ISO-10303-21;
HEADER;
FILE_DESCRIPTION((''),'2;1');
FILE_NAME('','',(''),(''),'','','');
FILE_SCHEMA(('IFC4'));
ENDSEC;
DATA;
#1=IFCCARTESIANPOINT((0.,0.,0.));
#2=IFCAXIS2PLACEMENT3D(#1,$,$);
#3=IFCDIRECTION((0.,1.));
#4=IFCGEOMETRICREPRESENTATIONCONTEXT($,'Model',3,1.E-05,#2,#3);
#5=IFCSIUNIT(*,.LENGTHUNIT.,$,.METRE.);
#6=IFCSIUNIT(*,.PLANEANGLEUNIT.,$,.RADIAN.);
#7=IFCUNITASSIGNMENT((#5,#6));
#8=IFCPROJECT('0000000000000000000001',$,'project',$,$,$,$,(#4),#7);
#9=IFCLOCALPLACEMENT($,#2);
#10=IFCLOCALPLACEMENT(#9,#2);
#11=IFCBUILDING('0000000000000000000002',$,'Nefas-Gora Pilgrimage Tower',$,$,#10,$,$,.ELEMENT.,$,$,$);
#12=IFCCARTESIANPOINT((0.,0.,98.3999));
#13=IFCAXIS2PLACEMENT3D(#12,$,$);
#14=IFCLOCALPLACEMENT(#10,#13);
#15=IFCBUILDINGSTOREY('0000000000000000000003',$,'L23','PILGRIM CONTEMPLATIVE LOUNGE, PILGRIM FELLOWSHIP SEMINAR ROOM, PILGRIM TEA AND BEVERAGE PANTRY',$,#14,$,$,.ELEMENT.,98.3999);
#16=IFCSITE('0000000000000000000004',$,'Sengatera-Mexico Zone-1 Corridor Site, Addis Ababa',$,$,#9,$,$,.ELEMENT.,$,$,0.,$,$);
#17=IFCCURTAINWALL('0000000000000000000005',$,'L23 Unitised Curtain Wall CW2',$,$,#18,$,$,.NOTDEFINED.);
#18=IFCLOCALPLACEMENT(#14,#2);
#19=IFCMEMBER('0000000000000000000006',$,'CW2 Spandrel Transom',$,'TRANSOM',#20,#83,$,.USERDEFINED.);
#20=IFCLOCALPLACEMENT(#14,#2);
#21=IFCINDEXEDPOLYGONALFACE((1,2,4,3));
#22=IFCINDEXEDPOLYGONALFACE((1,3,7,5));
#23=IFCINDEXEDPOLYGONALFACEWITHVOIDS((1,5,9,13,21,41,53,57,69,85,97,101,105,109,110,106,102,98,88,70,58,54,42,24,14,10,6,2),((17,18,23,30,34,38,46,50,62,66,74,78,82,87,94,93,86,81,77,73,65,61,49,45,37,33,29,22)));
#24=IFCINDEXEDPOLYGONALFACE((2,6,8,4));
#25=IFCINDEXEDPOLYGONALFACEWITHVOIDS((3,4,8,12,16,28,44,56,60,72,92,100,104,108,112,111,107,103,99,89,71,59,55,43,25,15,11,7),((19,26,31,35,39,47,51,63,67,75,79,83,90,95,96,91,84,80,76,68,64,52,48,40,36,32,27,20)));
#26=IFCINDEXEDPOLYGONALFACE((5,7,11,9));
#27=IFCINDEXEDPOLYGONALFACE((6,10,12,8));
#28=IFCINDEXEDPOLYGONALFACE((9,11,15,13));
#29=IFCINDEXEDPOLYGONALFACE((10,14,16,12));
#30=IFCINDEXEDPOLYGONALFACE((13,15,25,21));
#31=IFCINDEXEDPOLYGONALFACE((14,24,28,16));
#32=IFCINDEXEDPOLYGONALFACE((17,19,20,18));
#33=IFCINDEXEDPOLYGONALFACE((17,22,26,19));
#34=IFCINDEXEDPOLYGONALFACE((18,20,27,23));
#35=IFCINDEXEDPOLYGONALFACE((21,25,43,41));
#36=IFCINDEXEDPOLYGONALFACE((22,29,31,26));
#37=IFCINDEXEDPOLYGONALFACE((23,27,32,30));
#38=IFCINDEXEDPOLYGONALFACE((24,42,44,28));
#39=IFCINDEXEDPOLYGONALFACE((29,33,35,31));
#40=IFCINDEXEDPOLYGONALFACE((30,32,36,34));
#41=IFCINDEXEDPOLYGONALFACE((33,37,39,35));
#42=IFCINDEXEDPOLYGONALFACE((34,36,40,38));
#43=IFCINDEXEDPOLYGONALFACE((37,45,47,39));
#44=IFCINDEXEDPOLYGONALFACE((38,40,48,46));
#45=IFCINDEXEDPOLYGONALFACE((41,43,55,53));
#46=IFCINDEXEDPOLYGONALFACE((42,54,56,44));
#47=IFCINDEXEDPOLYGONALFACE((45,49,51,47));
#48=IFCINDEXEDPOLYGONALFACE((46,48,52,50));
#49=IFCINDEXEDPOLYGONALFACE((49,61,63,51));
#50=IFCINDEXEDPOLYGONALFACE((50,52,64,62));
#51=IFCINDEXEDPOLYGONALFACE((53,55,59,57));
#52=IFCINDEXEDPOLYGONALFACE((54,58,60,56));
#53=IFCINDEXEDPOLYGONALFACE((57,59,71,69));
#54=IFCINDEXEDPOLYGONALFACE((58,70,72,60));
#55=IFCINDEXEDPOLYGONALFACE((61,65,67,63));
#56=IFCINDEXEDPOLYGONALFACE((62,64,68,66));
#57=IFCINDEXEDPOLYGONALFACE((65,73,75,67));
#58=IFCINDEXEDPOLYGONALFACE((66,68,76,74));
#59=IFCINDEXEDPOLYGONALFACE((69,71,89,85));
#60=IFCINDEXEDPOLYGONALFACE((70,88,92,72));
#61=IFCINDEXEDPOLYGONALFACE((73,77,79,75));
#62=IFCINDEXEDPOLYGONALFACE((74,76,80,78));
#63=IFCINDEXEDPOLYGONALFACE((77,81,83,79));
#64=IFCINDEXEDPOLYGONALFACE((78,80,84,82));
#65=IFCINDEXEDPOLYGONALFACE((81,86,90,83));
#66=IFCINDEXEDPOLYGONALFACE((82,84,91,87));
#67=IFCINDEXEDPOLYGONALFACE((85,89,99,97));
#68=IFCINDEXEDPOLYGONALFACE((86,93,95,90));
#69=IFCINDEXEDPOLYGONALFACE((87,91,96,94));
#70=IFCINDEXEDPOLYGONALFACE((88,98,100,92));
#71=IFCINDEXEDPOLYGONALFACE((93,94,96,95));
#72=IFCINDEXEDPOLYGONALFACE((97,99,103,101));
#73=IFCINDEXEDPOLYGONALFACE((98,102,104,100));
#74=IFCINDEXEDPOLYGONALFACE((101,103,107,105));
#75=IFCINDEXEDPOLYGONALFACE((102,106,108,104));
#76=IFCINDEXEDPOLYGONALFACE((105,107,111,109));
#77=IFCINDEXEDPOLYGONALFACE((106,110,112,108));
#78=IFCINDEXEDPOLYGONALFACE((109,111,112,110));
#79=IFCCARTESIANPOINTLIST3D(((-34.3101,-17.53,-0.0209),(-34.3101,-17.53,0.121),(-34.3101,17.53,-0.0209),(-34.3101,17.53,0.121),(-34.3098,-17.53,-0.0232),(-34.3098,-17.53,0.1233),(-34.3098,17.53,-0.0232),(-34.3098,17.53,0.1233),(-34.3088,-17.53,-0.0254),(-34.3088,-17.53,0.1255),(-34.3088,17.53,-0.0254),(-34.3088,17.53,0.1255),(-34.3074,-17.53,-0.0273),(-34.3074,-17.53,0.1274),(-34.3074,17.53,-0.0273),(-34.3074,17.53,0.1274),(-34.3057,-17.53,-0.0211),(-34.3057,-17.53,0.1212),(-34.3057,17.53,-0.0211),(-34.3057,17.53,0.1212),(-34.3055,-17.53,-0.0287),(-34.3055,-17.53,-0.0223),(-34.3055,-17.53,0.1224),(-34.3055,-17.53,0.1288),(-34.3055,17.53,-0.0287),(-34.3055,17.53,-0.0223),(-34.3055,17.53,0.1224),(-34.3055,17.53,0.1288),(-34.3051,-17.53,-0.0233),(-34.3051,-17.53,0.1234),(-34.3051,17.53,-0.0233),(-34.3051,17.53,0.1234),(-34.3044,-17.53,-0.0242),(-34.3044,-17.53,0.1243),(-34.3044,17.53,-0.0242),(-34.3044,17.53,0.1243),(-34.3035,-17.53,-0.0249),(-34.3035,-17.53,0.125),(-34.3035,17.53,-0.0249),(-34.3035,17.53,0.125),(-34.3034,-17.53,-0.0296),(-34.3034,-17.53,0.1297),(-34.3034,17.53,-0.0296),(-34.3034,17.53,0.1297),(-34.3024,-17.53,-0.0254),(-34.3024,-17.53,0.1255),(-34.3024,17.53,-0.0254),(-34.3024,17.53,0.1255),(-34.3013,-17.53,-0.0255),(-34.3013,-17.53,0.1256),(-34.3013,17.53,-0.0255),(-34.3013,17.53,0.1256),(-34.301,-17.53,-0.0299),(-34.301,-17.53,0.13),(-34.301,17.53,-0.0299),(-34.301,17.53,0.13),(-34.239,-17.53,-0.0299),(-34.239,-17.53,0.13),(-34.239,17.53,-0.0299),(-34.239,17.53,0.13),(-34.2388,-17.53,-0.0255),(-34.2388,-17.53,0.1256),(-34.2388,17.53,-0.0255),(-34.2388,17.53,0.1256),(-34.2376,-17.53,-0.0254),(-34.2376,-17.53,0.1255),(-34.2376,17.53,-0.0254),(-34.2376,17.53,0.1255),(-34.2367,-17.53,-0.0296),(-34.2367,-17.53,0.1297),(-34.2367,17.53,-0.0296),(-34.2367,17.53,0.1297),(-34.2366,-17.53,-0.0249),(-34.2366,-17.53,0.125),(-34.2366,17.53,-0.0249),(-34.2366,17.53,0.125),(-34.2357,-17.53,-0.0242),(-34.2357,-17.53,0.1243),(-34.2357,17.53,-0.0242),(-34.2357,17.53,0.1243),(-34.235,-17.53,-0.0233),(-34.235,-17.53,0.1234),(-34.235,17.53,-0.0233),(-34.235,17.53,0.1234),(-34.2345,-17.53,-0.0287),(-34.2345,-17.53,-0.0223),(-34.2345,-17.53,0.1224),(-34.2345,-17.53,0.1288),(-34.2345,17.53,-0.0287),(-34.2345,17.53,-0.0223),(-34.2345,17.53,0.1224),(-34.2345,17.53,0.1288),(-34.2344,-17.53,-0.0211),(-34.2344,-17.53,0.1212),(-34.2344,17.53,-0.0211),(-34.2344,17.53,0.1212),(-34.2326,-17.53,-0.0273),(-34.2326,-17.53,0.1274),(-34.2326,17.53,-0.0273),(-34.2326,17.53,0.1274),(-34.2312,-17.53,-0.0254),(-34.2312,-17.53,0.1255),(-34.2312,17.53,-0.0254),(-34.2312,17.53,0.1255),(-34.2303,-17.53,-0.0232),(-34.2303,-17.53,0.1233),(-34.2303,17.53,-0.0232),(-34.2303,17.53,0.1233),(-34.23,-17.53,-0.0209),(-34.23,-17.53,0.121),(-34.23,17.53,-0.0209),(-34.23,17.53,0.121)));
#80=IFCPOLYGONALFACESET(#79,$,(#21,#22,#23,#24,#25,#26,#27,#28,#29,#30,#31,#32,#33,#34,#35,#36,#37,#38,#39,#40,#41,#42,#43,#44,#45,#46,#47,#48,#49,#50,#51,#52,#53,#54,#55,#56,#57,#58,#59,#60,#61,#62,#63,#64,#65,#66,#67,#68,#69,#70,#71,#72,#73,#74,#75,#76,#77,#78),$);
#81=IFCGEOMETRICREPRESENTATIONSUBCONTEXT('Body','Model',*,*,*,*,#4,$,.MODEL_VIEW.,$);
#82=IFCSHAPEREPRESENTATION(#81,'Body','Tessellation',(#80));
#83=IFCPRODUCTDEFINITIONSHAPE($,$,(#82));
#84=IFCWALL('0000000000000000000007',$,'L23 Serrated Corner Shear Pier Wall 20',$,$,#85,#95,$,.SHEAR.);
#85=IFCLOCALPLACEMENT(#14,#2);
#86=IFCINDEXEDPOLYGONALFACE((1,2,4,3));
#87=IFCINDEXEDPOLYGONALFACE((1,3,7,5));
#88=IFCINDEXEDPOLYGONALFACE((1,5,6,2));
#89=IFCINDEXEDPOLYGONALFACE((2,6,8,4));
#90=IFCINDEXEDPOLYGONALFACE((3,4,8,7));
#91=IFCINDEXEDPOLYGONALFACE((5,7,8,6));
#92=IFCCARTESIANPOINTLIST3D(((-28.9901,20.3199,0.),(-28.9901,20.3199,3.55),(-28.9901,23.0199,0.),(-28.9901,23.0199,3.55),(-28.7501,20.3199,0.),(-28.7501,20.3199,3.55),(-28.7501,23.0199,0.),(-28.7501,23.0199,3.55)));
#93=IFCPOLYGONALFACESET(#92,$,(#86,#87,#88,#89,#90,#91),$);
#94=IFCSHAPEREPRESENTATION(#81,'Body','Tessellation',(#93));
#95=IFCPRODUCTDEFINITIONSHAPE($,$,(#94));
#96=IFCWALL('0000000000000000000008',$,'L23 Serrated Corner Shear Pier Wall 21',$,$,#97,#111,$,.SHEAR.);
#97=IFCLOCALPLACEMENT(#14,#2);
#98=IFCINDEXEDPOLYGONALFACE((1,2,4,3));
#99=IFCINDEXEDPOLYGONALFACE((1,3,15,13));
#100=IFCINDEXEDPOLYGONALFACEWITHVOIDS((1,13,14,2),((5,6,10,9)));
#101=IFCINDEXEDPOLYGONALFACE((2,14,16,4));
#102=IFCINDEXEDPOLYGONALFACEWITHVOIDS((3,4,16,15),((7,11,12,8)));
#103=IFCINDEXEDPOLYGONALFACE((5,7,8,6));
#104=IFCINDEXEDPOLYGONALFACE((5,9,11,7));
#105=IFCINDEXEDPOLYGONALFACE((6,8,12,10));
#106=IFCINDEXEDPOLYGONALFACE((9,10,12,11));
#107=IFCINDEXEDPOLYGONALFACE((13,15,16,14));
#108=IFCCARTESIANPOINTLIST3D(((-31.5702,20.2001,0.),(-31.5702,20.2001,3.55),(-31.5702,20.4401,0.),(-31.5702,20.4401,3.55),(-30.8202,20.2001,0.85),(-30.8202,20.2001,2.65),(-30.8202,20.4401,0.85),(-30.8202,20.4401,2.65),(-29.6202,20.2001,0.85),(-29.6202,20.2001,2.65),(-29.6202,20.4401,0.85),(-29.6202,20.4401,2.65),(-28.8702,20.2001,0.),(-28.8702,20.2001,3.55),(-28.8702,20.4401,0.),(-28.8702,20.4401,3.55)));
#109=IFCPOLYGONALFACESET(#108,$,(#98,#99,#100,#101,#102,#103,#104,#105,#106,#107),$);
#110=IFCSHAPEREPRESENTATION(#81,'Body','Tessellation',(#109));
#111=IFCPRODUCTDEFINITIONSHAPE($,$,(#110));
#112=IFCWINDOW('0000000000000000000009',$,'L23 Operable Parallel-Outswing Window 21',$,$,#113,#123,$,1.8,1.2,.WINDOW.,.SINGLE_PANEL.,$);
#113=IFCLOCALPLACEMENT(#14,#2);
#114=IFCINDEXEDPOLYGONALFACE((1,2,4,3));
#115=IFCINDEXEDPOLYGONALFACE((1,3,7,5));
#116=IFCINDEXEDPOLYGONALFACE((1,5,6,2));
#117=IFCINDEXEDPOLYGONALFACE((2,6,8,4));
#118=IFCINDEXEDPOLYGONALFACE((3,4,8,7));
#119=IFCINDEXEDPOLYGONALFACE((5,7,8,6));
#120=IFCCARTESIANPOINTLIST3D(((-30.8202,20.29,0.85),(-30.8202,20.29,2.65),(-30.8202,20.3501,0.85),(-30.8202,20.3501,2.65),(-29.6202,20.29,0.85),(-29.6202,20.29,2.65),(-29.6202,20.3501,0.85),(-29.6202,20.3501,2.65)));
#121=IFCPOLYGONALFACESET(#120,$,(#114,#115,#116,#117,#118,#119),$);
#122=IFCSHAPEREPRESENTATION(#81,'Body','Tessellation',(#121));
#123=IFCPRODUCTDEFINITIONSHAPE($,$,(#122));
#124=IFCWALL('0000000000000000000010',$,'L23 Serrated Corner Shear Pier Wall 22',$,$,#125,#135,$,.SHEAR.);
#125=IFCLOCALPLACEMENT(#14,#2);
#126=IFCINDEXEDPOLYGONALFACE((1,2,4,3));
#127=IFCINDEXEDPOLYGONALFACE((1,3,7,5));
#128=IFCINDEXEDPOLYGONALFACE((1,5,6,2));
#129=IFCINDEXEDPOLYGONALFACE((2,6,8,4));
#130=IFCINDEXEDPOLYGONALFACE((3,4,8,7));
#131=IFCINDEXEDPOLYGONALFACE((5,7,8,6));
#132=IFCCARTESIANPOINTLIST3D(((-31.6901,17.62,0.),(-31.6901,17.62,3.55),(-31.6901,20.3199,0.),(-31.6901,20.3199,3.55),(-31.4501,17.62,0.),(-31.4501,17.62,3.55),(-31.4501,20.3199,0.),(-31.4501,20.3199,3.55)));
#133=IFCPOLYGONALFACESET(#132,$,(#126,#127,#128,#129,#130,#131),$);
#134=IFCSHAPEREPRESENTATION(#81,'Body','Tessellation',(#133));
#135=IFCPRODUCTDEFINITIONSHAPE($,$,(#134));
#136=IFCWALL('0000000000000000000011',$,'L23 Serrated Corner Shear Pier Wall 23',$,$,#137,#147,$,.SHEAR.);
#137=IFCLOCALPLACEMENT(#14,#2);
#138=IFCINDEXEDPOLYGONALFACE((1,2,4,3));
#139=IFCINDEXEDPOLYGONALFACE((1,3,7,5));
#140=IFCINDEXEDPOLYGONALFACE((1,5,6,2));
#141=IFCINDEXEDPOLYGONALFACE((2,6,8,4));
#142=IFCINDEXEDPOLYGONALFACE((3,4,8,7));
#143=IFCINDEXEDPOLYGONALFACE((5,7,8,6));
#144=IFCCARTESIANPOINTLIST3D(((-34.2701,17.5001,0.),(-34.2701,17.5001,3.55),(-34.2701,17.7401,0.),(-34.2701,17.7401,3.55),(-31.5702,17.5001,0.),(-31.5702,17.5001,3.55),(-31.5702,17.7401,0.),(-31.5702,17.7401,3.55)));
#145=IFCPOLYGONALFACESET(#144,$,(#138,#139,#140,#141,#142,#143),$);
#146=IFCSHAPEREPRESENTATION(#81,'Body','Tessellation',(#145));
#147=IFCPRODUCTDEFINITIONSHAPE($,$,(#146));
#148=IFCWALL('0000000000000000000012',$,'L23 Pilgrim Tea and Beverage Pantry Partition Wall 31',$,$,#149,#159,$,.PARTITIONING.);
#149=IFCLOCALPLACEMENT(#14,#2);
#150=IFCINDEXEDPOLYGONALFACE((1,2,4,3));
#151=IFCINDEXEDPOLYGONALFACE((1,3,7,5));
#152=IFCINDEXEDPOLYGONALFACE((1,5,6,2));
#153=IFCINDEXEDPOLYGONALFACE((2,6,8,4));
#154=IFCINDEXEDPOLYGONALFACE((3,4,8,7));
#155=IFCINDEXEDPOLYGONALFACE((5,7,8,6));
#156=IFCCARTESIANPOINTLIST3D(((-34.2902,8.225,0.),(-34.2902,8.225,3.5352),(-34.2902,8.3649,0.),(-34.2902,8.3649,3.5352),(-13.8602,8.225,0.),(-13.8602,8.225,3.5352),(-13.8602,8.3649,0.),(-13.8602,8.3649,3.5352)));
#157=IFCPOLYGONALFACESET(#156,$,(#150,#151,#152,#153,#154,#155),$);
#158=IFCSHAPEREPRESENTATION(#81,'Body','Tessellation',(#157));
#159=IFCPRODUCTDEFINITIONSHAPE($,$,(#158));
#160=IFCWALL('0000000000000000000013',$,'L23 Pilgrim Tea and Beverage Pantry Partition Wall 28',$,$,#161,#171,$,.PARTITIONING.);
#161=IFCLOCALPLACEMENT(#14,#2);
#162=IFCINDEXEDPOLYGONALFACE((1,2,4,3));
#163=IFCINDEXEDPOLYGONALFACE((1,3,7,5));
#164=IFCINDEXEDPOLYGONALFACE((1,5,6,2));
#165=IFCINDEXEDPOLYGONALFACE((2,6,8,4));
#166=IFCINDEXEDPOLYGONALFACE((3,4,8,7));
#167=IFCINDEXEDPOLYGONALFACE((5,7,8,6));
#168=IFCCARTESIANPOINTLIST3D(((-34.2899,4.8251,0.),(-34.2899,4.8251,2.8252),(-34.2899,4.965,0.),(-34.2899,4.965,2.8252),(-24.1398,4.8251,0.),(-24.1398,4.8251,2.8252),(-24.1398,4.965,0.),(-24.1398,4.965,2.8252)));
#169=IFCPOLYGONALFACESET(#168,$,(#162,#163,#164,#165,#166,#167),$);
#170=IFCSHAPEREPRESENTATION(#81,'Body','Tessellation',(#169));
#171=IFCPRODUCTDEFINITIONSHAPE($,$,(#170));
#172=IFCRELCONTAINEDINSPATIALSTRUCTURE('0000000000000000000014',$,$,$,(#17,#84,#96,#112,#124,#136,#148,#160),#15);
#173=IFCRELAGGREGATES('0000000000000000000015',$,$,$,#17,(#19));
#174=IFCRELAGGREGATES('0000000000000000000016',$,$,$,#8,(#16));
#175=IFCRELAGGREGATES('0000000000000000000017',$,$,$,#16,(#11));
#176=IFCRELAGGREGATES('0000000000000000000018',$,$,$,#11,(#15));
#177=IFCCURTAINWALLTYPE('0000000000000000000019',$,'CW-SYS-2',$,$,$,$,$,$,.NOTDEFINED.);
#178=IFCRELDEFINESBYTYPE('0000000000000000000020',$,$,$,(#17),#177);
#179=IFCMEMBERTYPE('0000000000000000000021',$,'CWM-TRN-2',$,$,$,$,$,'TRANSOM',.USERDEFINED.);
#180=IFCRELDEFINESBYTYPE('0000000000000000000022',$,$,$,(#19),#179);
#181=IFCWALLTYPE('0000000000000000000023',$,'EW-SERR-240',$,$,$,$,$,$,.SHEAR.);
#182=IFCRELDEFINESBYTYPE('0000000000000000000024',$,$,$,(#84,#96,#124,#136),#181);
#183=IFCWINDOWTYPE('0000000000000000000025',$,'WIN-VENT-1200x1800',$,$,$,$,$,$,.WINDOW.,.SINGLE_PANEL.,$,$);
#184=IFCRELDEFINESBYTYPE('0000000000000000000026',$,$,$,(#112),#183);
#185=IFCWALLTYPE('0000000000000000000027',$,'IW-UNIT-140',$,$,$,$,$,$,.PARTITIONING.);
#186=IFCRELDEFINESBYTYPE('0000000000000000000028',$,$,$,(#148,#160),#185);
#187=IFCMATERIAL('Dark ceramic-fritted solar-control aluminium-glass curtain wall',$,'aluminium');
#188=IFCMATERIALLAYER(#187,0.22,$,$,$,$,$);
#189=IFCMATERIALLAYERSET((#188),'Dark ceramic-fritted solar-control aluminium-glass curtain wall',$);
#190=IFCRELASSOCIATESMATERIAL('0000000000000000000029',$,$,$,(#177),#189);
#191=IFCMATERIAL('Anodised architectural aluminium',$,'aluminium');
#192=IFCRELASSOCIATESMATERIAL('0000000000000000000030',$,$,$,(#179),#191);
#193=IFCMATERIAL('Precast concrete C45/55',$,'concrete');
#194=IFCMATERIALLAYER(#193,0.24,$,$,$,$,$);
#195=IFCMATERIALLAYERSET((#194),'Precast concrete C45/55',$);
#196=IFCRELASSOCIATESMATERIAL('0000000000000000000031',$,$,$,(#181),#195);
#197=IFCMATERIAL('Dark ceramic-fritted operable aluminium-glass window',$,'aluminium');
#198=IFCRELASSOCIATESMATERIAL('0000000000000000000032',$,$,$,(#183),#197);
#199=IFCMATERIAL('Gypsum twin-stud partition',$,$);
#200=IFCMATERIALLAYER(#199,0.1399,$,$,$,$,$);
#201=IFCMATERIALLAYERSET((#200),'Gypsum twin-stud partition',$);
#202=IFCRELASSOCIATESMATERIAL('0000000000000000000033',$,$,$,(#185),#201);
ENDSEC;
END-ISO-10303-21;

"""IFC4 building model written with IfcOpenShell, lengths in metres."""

from ifc_helpers import new_model, si_unit, direction, frame, frame_2d, origin, origin_2d, place, context, subcontext, project, spatial, rectangle, hollow_rectangle, extrude, source, transform, mapped, material, layer, layer_set, material_profile, profile_set, type_object, element, fill, aggregate, save


model = new_model("IFC4")

# Units and contexts
model_context = context("Model", 3, precision=1e-05, world=origin(), true_north=direction((0.0, 1.0)))
body_context = subcontext(model_context, "Body", "Model", "MODEL_VIEW")
ifc_project = project(units=[si_unit("LENGTHUNIT", "METRE"), si_unit("PLANEANGLEUNIT", "RADIAN")], contexts=[model_context])

# Site, building, storey
site_placement = place(None, origin())
site = spatial("IfcSite", under=ifc_project, at=site_placement, Name="Sengatera-Mexico Zone-1 Corridor Site, Addis Ababa", CompositionType="ELEMENT", RefElevation=0.0)
building_placement = place(site_placement, origin())
building = spatial("IfcBuilding", under=site, at=building_placement, Name="Nefas-Gora Pilgrimage Tower", CompositionType="ELEMENT")
storey_placement = place(building_placement, frame((0.0, 0.0, 98.3999)))
storey = spatial("IfcBuildingStorey", under=building, at=storey_placement, Name="L23", Description="PILGRIM CONTEMPLATIVE LOUNGE, PILGRIM FELLOWSHIP SEMINAR ROOM, PILGRIM TEA AND BEVERAGE PANTRY", CompositionType="ELEMENT", Elevation=98.3999)

# Shared definitions
ifc_material_1 = material(Name="Dark ceramic-fritted solar-control aluminium-glass curtain wall", Category="aluminium")
ifc_layer_1 = layer(ifc_material_1, 0.22)
ifc_layer_set_1 = layer_set([ifc_layer_1], Name="Dark ceramic-fritted solar-control aluminium-glass curtain wall")
curtain_wall_type = type_object("IfcCurtainWallType", Name="CW-SYS-2", PredefinedType="NOTDEFINED", material=ifc_layer_set_1)
ifc_material_2 = material(Name="Anodised architectural aluminium", Category="aluminium")

# Curtain wall, member
curtain_wall_1_placement = place(storey_placement, origin())
curtain_wall_1 = element("IfcCurtainWall", 1, at=curtain_wall_1_placement, inside=storey, type_object=curtain_wall_type, Name="L23 Unitised Curtain Wall CW2", PredefinedType="NOTDEFINED")
ifc_material_profile_1 = material_profile(ifc_material_2, hollow_rectangle(XDim=0.0801, YDim=0.1599, WallThickness=0.0044, InnerFilletRadius=0.0044, OuterFilletRadius=0.009, at=origin_2d()), Name="ALU TRANSOM 80x160")
ifc_profile_set_1 = profile_set([ifc_material_profile_1], Name="Anodised architectural aluminium")
member_type_1 = type_object("IfcMemberType", Name="CWM-TRN-2", ElementType="TRANSOM", PredefinedType="USERDEFINED", material=ifc_profile_set_1)
shared_shape_1 = source(origin(), body_context, "Body", "SweptSolid", [
    extrude(hollow_rectangle(XDim=0.0801, YDim=0.1599, WallThickness=0.0044, InnerFilletRadius=0.0044, OuterFilletRadius=0.009, at=origin_2d()), origin(), (0.0, 0.0, 1.0), 35.0601),
])
member_1_placement = place(storey_placement, frame((-34.27, 17.53, 0.05), z_axis=(0.0, -1.0, 0.0), x_axis=(1.0, 0.0, 0.0)))
member_1 = element("IfcMember", 2, at=member_1_placement, type_object=member_type_1, Name="CW2 Spandrel Transom", ObjectType="TRANSOM", PredefinedType="USERDEFINED", context=body_context, shape_type="MappedRepresentation", body=[
    mapped(shared_shape_1, transform((0.0, 0.0, 0.0), x_axis=(1.0, 0.0, 0.0), y_axis=(0.0, 1.0, 0.0), z_axis=(0.0, 0.0, 1.0), scale=1.0)),
])
aggregate(curtain_wall_1, [member_1])

# Wall
ifc_material_3 = material(Name="Precast concrete C45/55", Category="concrete")
ifc_layer_2 = layer(ifc_material_3, 0.24)
ifc_layer_set_2 = layer_set([ifc_layer_2], Name="Precast concrete C45/55")
wall_type_1 = type_object("IfcWallType", Name="EW-SERR-240", PredefinedType="SHEAR", material=ifc_layer_set_2)
shared_shape_2 = source(origin(), body_context, "Body", "SweptSolid", [
    extrude(rectangle(XDim=2.7, YDim=0.24, at=frame_2d((1.3501, 0.0))), origin(), (0.0, 0.0, 1.0), 3.55),
])
wall_1_placement = place(storey_placement, frame((-28.8701, 23.02, 0.0), z_axis=(0.0, 0.0, 1.0), x_axis=(0.0, -1.0, 0.0)))
element("IfcWall", 3, at=wall_1_placement, inside=storey, type_object=wall_type_1, Name="L23 Serrated Corner Shear Pier Wall 20", PredefinedType="SHEAR", context=body_context, shape_type="MappedRepresentation", body=[
    mapped(shared_shape_2, transform((0.0, 0.0, 0.0), x_axis=(1.0, 0.0, 0.0), y_axis=(0.0, 1.0, 0.0), z_axis=(0.0, 0.0, 1.0), scale=1.0)),
])

# Wall, opening, window
wall_2_placement = place(storey_placement, frame((-28.8701, 20.3201, 0.0), z_axis=(0.0, 0.0, 1.0), x_axis=(-1.0, 0.0, 0.0)))
wall_2 = element("IfcWall", 4, at=wall_2_placement, inside=storey, type_object=wall_type_1, Name="L23 Serrated Corner Shear Pier Wall 21", PredefinedType="SHEAR", context=body_context, shape_type="MappedRepresentation", body=[
    mapped(shared_shape_2, transform((0.0, 0.0, 0.0), x_axis=(1.0, 0.0, 0.0), y_axis=(0.0, 1.0, 0.0), z_axis=(0.0, 0.0, 1.0), scale=1.0)),
])
opening_placement = place(wall_2_placement, frame((0.75, 0.0, 0.8501)))
opening = element("IfcOpeningElement", 5, at=opening_placement, cuts=wall_2, PredefinedType="OPENING", context=body_context, shape_type="SweptSolid", body=[
    extrude(rectangle(XDim=1.2, YDim=1.8, at=frame_2d((0.6001, 0.8999))), frame((0.0, 0.1299, 0.0), z_axis=(0.0, -1.0, 0.0), x_axis=(1.0, 0.0, 0.0)), (0.0, 0.0, 1.0), 0.26),
])
ifc_material_4 = material(Name="Dark ceramic-fritted operable aluminium-glass window", Category="aluminium")
window_type = type_object("IfcWindowType", Name="WIN-VENT-1200x1800", PartitioningType="SINGLE_PANEL", PredefinedType="WINDOW", material=ifc_material_4)
shared_shape_3 = source(origin(), body_context, "Body", "SweptSolid", [
    extrude(rectangle(XDim=1.2, YDim=1.8, at=frame_2d((0.6001, 0.8999))), frame((0.0, 0.03, 0.0), z_axis=(0.0, -1.0, 0.0), x_axis=(1.0, 0.0, 0.0)), (0.0, 0.0, 1.0), 0.0601),
])
window_placement = place(opening_placement, origin())
window = element("IfcWindow", 6, at=window_placement, inside=storey, type_object=window_type, Name="L23 Operable Parallel-Outswing Window 21", OverallHeight=1.8, OverallWidth=1.2, PartitioningType="SINGLE_PANEL", PredefinedType="WINDOW", context=body_context, shape_type="MappedRepresentation", body=[
    mapped(shared_shape_3, transform((0.0, 0.0, 0.0), x_axis=(1.0, 0.0, 0.0), y_axis=(0.0, 1.0, 0.0), z_axis=(0.0, 0.0, 1.0), scale=1.0)),
])
fill(opening, window)

# Walls
for number, where, z_axis, x_axis, name in (
    (7, (-31.5701, 20.3201, 0.0), (0.0, 0.0, 1.0), (0.0, -1.0, 0.0), "L23 Serrated Corner Shear Pier Wall 22"),
    (8, (-31.5701, 17.6201, 0.0), (0.0, 0.0, 1.0), (-1.0, 0.0, 0.0), "L23 Serrated Corner Shear Pier Wall 23"),
):
    element("IfcWall", number, at=place(storey_placement, frame(where, z_axis=z_axis, x_axis=x_axis)), inside=storey, type_object=wall_type_1, Name=name, PredefinedType="SHEAR", context=body_context, shape_type="MappedRepresentation", body=[
        mapped(shared_shape_2, transform((0.0, 0.0, 0.0), x_axis=(1.0, 0.0, 0.0), y_axis=(0.0, 1.0, 0.0), z_axis=(0.0, 0.0, 1.0), scale=1.0)),
    ])
ifc_material_5 = material(Name="Gypsum twin-stud partition")
ifc_layer_3 = layer(ifc_material_5, 0.1399)
ifc_layer_set_3 = layer_set([ifc_layer_3], Name="Gypsum twin-stud partition")
wall_type_2 = type_object("IfcWallType", Name="IW-UNIT-140", PredefinedType="PARTITIONING", material=ifc_layer_set_3)
shared_shape_4 = source(origin(), body_context, "Body", "SweptSolid", [
    extrude(rectangle(XDim=20.4299, YDim=0.1399, at=frame_2d((10.2148, 0.0))), origin(), (0.0, 0.0, 1.0), 3.5352),
])
wall_3_placement = place(storey_placement, frame((-34.29, 8.2949, 0.0), z_axis=(0.0, 0.0, 1.0), x_axis=(1.0, 0.0, 0.0)))
element("IfcWall", 9, at=wall_3_placement, inside=storey, type_object=wall_type_2, Name="L23 Pilgrim Tea and Beverage Pantry Partition Wall 31", PredefinedType="PARTITIONING", context=body_context, shape_type="MappedRepresentation", body=[
    mapped(shared_shape_4, transform((0.0, 0.0, 0.0), x_axis=(1.0, 0.0, 0.0), y_axis=(0.0, 1.0, 0.0), z_axis=(0.0, 0.0, 1.0), scale=1.0)),
])
shared_shape_5 = source(origin(), body_context, "Body", "SweptSolid", [
    extrude(rectangle(XDim=10.1501, YDim=0.1399, at=frame_2d((5.0752, 0.0))), origin(), (0.0, 0.0, 1.0), 2.8252),
])
wall_4_placement = place(storey_placement, frame((-34.29, 4.895, 0.0), z_axis=(0.0, 0.0, 1.0), x_axis=(1.0, 0.0, 0.0)))
element("IfcWall", 10, at=wall_4_placement, inside=storey, type_object=wall_type_2, Name="L23 Pilgrim Tea and Beverage Pantry Partition Wall 28", PredefinedType="PARTITIONING", context=body_context, shape_type="MappedRepresentation", body=[
    mapped(shared_shape_5, transform((0.0, 0.0, 0.0), x_axis=(1.0, 0.0, 0.0), y_axis=(0.0, 1.0, 0.0), z_axis=(0.0, 0.0, 1.0), scale=1.0)),
])

save(model, "model.ifc")
